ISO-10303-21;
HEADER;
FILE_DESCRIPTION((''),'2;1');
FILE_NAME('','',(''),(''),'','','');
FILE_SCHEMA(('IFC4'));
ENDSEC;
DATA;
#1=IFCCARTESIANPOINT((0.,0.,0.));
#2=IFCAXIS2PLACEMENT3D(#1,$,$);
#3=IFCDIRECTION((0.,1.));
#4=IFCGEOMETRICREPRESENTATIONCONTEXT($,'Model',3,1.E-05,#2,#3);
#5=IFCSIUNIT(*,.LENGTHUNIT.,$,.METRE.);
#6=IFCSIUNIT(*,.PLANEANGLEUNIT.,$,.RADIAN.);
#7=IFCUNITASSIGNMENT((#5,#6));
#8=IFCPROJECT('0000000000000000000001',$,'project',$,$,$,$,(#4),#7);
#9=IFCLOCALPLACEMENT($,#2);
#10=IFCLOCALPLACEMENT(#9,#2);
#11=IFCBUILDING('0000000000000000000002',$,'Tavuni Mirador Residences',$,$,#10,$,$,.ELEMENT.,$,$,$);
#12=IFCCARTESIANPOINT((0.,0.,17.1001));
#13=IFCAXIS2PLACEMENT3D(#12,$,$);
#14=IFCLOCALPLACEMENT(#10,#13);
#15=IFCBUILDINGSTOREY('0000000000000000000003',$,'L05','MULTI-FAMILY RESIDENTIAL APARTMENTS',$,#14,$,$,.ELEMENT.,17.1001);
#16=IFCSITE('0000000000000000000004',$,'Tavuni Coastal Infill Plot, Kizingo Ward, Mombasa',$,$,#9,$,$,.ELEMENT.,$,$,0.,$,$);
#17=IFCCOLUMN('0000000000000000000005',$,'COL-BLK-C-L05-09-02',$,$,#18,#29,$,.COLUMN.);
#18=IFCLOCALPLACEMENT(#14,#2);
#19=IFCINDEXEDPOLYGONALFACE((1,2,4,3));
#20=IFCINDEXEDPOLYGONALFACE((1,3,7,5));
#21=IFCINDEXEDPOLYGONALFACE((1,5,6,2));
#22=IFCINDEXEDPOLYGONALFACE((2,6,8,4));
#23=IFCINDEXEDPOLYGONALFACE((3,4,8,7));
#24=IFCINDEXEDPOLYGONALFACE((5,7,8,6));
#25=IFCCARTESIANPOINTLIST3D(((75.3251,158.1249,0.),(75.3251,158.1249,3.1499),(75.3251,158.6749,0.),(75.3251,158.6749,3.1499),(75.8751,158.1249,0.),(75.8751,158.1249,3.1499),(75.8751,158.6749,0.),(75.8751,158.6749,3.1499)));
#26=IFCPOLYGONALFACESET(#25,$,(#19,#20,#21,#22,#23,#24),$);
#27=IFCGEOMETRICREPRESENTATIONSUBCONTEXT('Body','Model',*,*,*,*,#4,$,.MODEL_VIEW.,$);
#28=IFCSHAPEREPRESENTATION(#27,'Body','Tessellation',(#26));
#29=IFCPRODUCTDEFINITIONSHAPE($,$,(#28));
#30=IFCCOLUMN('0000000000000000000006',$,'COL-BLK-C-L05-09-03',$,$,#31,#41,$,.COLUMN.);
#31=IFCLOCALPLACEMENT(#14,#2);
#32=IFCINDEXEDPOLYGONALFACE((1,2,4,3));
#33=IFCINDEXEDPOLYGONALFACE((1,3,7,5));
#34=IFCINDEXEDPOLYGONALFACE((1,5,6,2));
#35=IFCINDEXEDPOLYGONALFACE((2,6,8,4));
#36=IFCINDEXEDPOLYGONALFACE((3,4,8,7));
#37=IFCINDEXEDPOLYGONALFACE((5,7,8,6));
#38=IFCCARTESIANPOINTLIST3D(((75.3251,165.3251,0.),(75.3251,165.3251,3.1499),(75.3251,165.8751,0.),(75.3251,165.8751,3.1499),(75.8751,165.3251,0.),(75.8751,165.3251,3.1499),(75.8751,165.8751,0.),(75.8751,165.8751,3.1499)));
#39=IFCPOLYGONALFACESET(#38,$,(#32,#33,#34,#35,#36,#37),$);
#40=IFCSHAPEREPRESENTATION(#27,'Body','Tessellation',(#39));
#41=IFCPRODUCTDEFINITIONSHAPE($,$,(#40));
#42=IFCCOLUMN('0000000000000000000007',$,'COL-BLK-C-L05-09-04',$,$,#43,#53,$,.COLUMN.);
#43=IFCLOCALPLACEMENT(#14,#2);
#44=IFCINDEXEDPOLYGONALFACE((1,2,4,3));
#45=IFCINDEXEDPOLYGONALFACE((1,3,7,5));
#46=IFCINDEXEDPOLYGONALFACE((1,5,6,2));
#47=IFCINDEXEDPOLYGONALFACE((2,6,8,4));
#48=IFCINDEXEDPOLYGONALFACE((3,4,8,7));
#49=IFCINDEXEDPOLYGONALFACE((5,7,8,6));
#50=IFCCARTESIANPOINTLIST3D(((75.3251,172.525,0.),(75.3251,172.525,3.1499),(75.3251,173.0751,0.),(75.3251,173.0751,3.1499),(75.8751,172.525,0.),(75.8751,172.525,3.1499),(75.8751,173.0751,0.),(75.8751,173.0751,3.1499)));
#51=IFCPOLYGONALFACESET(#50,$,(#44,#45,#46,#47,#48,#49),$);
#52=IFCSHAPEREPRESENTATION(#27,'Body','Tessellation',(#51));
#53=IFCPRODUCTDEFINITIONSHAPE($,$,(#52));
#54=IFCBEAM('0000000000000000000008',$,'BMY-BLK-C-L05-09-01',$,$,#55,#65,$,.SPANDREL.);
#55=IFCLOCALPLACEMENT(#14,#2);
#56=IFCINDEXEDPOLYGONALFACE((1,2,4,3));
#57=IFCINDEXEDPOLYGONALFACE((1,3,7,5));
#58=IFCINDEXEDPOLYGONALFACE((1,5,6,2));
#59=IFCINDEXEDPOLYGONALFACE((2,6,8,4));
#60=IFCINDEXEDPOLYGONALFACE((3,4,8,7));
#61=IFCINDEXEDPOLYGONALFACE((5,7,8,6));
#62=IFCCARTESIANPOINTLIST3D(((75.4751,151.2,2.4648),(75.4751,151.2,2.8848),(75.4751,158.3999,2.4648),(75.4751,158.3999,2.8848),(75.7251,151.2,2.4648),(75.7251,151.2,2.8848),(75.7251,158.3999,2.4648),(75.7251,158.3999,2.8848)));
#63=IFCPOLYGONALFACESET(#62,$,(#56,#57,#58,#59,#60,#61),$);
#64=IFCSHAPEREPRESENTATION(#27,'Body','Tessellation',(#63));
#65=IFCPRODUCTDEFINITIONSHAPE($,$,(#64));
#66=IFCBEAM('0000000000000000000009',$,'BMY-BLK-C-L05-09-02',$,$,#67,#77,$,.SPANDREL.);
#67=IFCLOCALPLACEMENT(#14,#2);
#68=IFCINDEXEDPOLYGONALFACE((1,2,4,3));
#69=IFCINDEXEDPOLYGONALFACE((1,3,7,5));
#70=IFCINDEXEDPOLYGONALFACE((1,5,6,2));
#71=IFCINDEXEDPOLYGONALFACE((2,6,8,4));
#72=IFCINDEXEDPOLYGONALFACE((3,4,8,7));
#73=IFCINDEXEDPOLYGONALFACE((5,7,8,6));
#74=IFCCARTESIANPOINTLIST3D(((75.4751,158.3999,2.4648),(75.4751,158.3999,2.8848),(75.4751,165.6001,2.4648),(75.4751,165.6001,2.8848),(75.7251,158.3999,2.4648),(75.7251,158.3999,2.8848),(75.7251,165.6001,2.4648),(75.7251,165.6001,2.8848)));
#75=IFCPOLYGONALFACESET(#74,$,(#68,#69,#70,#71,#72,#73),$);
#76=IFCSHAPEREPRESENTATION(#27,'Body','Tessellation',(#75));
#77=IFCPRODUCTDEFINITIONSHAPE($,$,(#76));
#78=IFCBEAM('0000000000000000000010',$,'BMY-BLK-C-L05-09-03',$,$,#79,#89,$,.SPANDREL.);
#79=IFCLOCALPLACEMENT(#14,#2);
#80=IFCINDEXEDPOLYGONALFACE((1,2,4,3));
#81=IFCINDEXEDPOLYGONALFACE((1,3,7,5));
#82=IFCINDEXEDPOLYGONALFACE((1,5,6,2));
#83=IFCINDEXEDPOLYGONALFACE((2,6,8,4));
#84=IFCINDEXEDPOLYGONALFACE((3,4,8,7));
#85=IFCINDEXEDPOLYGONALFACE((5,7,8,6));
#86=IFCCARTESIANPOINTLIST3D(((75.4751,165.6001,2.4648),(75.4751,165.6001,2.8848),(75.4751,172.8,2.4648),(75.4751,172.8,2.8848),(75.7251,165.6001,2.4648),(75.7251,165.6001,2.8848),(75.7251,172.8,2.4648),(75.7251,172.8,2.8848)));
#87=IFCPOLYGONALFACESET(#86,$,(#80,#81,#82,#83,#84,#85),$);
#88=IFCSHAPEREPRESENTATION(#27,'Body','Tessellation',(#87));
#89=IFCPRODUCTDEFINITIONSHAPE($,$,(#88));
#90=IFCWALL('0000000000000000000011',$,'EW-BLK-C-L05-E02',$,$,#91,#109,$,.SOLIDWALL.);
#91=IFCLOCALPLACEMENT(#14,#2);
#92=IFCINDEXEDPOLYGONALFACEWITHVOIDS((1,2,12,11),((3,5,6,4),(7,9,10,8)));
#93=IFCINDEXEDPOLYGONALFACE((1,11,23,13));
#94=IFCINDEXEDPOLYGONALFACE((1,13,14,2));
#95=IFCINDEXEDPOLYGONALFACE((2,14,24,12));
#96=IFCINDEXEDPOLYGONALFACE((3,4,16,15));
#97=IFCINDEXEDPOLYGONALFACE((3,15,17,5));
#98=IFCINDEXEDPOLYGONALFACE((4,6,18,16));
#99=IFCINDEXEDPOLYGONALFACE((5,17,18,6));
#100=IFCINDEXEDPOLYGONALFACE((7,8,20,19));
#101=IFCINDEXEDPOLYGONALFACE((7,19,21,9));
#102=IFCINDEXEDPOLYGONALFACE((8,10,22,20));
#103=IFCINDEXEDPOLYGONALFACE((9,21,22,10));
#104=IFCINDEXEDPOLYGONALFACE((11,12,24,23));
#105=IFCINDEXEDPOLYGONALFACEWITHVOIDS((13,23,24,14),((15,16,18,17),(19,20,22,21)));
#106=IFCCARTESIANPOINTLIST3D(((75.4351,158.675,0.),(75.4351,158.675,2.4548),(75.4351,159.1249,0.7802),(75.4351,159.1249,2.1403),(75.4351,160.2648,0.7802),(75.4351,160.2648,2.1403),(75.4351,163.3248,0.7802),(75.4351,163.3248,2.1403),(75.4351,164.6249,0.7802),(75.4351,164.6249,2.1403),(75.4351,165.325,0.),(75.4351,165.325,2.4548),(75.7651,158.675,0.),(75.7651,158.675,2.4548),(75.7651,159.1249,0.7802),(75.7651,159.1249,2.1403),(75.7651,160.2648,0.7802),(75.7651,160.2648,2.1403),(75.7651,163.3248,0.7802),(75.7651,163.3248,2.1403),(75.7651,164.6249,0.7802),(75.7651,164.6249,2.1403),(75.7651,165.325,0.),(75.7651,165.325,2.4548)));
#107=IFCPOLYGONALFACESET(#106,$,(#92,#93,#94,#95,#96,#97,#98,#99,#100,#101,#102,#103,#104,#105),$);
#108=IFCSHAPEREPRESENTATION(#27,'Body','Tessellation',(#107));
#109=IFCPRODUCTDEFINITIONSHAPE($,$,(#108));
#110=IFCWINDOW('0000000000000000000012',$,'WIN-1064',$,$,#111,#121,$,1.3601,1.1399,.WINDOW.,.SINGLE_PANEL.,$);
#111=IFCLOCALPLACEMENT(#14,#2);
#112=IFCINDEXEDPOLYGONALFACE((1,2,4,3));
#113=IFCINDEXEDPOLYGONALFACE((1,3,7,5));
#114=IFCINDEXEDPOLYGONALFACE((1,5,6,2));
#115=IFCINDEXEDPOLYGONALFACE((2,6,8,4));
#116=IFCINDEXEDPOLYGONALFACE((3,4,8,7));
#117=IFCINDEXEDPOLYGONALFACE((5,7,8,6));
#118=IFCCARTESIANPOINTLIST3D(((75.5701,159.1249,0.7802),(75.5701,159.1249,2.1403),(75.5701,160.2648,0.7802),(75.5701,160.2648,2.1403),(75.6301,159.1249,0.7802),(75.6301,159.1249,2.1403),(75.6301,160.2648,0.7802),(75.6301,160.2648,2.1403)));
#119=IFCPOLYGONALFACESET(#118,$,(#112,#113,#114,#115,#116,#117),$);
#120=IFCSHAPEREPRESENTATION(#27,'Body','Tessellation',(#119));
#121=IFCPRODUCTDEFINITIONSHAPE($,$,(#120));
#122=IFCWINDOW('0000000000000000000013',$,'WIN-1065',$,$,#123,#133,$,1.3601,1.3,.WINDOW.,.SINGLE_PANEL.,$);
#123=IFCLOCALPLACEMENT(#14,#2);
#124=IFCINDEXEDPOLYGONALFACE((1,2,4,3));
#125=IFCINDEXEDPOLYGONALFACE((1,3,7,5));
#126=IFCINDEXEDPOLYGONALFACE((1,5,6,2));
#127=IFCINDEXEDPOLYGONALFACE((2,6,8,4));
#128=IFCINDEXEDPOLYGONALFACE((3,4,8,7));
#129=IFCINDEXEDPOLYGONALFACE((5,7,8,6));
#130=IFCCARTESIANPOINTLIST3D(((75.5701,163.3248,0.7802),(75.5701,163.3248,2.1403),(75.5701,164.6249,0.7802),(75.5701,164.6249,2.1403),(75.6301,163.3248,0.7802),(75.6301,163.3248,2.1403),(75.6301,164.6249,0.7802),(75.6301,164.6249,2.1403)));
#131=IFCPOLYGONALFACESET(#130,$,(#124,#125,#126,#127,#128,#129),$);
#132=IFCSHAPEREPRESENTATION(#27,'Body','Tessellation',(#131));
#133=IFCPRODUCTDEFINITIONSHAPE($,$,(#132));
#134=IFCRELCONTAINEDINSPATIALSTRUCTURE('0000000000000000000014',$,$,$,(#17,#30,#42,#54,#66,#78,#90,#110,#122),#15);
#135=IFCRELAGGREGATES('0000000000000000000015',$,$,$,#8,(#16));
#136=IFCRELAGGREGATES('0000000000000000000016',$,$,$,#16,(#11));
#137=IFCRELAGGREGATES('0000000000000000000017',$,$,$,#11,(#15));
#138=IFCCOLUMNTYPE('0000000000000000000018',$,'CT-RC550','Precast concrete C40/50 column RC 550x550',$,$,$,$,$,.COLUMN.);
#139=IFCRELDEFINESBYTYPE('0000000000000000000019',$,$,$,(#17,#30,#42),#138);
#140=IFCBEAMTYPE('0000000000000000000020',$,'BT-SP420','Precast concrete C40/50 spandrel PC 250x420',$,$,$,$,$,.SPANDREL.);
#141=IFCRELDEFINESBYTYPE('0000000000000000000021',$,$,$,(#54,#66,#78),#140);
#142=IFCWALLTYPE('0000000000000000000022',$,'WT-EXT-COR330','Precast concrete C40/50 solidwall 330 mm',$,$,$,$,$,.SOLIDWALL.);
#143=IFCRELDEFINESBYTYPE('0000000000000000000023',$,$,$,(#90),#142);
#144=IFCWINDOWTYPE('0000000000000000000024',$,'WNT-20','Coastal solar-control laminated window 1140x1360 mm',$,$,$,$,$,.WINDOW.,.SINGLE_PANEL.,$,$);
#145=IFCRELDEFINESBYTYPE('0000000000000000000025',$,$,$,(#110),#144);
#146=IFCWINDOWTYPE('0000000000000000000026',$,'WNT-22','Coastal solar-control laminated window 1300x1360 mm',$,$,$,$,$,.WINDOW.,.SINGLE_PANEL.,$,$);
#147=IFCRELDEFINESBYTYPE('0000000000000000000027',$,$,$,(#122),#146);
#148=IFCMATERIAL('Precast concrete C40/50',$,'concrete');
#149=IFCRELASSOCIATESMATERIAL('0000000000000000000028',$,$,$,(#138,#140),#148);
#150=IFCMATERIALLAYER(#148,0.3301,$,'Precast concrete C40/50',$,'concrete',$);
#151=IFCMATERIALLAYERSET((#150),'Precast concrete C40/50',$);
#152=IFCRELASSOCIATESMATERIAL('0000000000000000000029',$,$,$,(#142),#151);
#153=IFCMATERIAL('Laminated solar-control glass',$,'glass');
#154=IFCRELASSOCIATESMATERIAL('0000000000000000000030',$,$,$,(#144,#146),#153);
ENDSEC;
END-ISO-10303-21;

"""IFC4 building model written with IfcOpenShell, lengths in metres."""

from ifc_helpers import new_model, si_unit, direction, frame, frame_2d, origin, origin_2d, place, context, subcontext, project, spatial, rectangle, extrude, material, layer, layer_set, material_profile, profile_set, type_object, element, fill, save


model = new_model("IFC4")

# Units and contexts
model_context = context("Model", 3, precision=1e-05, world=origin(), true_north=direction((0.0, 1.0)))
body_context = subcontext(model_context, "Body", "Model", "MODEL_VIEW")
ifc_project = project(units=[si_unit("LENGTHUNIT", "METRE"), si_unit("PLANEANGLEUNIT", "RADIAN")], contexts=[model_context])

# Site, building, storey
site_placement = place(None, origin())
site = spatial("IfcSite", under=ifc_project, at=site_placement, Name="Tavuni Coastal Infill Plot, Kizingo Ward, Mombasa", CompositionType="ELEMENT", RefElevation=0.0)
building_placement = place(site_placement, origin())
building = spatial("IfcBuilding", under=site, at=building_placement, Name="Tavuni Mirador Residences", CompositionType="ELEMENT")
storey_placement = place(building_placement, frame((0.0, 0.0, 17.1001)))
storey = spatial("IfcBuildingStorey", under=building, at=storey_placement, Name="L05", Description="MULTI-FAMILY RESIDENTIAL APARTMENTS", CompositionType="ELEMENT", Elevation=17.1001)

# Columns
ifc_material_1 = material(Name="Precast concrete C40/50", Category="concrete")
ifc_material_profile_1 = material_profile(ifc_material_1, rectangle(XDim=0.55, YDim=0.55, at=origin_2d()), Name="RC 550x550", Category="concrete")
ifc_profile_set_1 = profile_set([ifc_material_profile_1], Name="Precast concrete C40/50")
column_type = type_object("IfcColumnType", Name="CT-RC550", Description="Precast concrete C40/50 column RC 550x550", PredefinedType="COLUMN", material=ifc_profile_set_1)
for number, where, z_axis, x_axis, name in (
    (1, (75.6001, 158.3999, 0.0), (0.0, 0.0, 1.0), (1.0, 0.0, 0.0), "COL-BLK-C-L05-09-02"),
    (2, (75.6001, 165.6001, 0.0), (0.0, 0.0, 1.0), (1.0, 0.0, 0.0), "COL-BLK-C-L05-09-03"),
    (3, (75.6001, 172.8, 0.0), (0.0, 0.0, 1.0), (1.0, 0.0, 0.0), "COL-BLK-C-L05-09-04"),
):
    element("IfcColumn", number, at=place(storey_placement, frame(where, z_axis=z_axis, x_axis=x_axis)), inside=storey, type_object=column_type, Name=name, PredefinedType="COLUMN", context=body_context, shape_type="SweptSolid", body=[
        extrude(rectangle(XDim=0.55, YDim=0.55, at=origin_2d()), origin(), (0.0, 0.0, 1.0), 3.1499),
    ])

# Beams
ifc_material_profile_2 = material_profile(ifc_material_1, rectangle(XDim=0.25, YDim=0.4199, at=origin_2d()), Name="PC 250x420", Category="concrete")
ifc_profile_set_2 = profile_set([ifc_material_profile_2], Name="Precast concrete C40/50")
beam_type = type_object("IfcBeamType", Name="BT-SP420", Description="Precast concrete C40/50 spandrel PC 250x420", PredefinedType="SPANDREL", material=ifc_profile_set_2)
beam_1_placement = place(storey_placement, frame((75.6001, 151.2, 2.6748), z_axis=(0.0, 1.0, 0.0), x_axis=(-1.0, 0.0, 0.0)))
element("IfcBeam", 4, at=beam_1_placement, inside=storey, type_object=beam_type, Name="BMY-BLK-C-L05-09-01", PredefinedType="SPANDREL", context=body_context, shape_type="SweptSolid", body=[
    extrude(rectangle(XDim=0.25, YDim=0.4199, at=origin_2d()), origin(), (0.0, 0.0, 1.0), 7.2),
])
beam_2_placement = place(storey_placement, frame((75.6001, 158.3999, 2.6748), z_axis=(0.0, 1.0, 0.0), x_axis=(-1.0, 0.0, 0.0)))
element("IfcBeam", 5, at=beam_2_placement, inside=storey, type_object=beam_type, Name="BMY-BLK-C-L05-09-02", PredefinedType="SPANDREL", context=body_context, shape_type="SweptSolid", body=[
    extrude(rectangle(XDim=0.25, YDim=0.4199, at=origin_2d()), origin(), (0.0, 0.0, 1.0), 7.2002),
])
beam_3_placement = place(storey_placement, frame((75.6001, 165.6001, 2.6748), z_axis=(0.0, 1.0, 0.0), x_axis=(-1.0, 0.0, 0.0)))
element("IfcBeam", 6, at=beam_3_placement, inside=storey, type_object=beam_type, Name="BMY-BLK-C-L05-09-03", PredefinedType="SPANDREL", context=body_context, shape_type="SweptSolid", body=[
    extrude(rectangle(XDim=0.25, YDim=0.4199, at=origin_2d()), origin(), (0.0, 0.0, 1.0), 7.2),
])

# Wall, openings, windows
ifc_layer_1 = layer(ifc_material_1, 0.3301, Name="Precast concrete C40/50", Category="concrete")
ifc_layer_set_1 = layer_set([ifc_layer_1], Name="Precast concrete C40/50")
wall_type_1 = type_object("IfcWallType", Name="WT-EXT-COR330", Description="Precast concrete C40/50 solidwall 330 mm", PredefinedType="SOLIDWALL", material=ifc_layer_set_1)
wall_1_placement = place(storey_placement, frame((75.6001, 158.675, 0.0), z_axis=(0.0, 0.0, 1.0), x_axis=(0.0, 1.0, 0.0)))
wall_1 = element("IfcWall", 7, at=wall_1_placement, inside=storey, type_object=wall_type_1, Name="EW-BLK-C-L05-E02", PredefinedType="SOLIDWALL", context=body_context, shape_type="SweptSolid", body=[
    extrude(rectangle(XDim=6.6499, YDim=0.3301, at=frame_2d((3.325, 0.0))), origin(), (0.0, 0.0, 1.0), 2.4548),
])
opening_1_placement = place(wall_1_placement, frame((0.45, 0.0, 0.78)))
opening_1 = element("IfcOpeningElement", 8, at=opening_1_placement, cuts=wall_1, PredefinedType="OPENING", context=body_context, shape_type="SweptSolid", body=[
    extrude(rectangle(XDim=1.1399, YDim=1.3601, at=frame_2d((0.5698, 0.6802))), frame((0.0, 0.175, 0.0), z_axis=(0.0, -1.0, 0.0), x_axis=(1.0, 0.0, 0.0)), (0.0, 0.0, 1.0), 0.3501),
])
opening_2_placement = place(wall_1_placement, frame((4.6499, 0.0, 0.78)))
opening_2 = element("IfcOpeningElement", 9, at=opening_2_placement, cuts=wall_1, PredefinedType="OPENING", context=body_context, shape_type="SweptSolid", body=[
    extrude(rectangle(XDim=1.3, YDim=1.3601, at=frame_2d((0.6499, 0.6802))), frame((0.0, 0.175, 0.0), z_axis=(0.0, -1.0, 0.0), x_axis=(1.0, 0.0, 0.0)), (0.0, 0.0, 1.0), 0.3501),
])
ifc_material_2 = material(Name="Laminated solar-control glass", Category="glass")
window_type_1 = type_object("IfcWindowType", Name="WNT-20", Description="Coastal solar-control laminated window 1140x1360 mm", PartitioningType="SINGLE_PANEL", PredefinedType="WINDOW", material=ifc_material_2)
window_1_placement = place(opening_1_placement, origin())
window_1 = element("IfcWindow", 10, at=window_1_placement, inside=storey, type_object=window_type_1, Name="WIN-1064", OverallHeight=1.3601, OverallWidth=1.1399, PartitioningType="SINGLE_PANEL", PredefinedType="WINDOW", context=body_context, shape_type="SweptSolid", body=[
    extrude(rectangle(XDim=1.1399, YDim=1.3601, at=frame_2d((0.5698, 0.6802))), frame((0.0, 0.03, 0.0), z_axis=(0.0, -1.0, 0.0), x_axis=(1.0, 0.0, 0.0)), (0.0, 0.0, 1.0), 0.0601),
])
fill(opening_1, window_1)
window_type_2 = type_object("IfcWindowType", Name="WNT-22", Description="Coastal solar-control laminated window 1300x1360 mm", PartitioningType="SINGLE_PANEL", PredefinedType="WINDOW", material=ifc_material_2)
window_2_placement = place(opening_2_placement, origin())
window_2 = element("IfcWindow", 11, at=window_2_placement, inside=storey, type_object=window_type_2, Name="WIN-1065", OverallHeight=1.3601, OverallWidth=1.3, PartitioningType="SINGLE_PANEL", PredefinedType="WINDOW", context=body_context, shape_type="SweptSolid", body=[
    extrude(rectangle(XDim=1.3, YDim=1.3601, at=frame_2d((0.6499, 0.6802))), frame((0.0, 0.03, 0.0), z_axis=(0.0, -1.0, 0.0), x_axis=(1.0, 0.0, 0.0)), (0.0, 0.0, 1.0), 0.0601),
])
fill(opening_2, window_2)

save(model, "model.ifc")
